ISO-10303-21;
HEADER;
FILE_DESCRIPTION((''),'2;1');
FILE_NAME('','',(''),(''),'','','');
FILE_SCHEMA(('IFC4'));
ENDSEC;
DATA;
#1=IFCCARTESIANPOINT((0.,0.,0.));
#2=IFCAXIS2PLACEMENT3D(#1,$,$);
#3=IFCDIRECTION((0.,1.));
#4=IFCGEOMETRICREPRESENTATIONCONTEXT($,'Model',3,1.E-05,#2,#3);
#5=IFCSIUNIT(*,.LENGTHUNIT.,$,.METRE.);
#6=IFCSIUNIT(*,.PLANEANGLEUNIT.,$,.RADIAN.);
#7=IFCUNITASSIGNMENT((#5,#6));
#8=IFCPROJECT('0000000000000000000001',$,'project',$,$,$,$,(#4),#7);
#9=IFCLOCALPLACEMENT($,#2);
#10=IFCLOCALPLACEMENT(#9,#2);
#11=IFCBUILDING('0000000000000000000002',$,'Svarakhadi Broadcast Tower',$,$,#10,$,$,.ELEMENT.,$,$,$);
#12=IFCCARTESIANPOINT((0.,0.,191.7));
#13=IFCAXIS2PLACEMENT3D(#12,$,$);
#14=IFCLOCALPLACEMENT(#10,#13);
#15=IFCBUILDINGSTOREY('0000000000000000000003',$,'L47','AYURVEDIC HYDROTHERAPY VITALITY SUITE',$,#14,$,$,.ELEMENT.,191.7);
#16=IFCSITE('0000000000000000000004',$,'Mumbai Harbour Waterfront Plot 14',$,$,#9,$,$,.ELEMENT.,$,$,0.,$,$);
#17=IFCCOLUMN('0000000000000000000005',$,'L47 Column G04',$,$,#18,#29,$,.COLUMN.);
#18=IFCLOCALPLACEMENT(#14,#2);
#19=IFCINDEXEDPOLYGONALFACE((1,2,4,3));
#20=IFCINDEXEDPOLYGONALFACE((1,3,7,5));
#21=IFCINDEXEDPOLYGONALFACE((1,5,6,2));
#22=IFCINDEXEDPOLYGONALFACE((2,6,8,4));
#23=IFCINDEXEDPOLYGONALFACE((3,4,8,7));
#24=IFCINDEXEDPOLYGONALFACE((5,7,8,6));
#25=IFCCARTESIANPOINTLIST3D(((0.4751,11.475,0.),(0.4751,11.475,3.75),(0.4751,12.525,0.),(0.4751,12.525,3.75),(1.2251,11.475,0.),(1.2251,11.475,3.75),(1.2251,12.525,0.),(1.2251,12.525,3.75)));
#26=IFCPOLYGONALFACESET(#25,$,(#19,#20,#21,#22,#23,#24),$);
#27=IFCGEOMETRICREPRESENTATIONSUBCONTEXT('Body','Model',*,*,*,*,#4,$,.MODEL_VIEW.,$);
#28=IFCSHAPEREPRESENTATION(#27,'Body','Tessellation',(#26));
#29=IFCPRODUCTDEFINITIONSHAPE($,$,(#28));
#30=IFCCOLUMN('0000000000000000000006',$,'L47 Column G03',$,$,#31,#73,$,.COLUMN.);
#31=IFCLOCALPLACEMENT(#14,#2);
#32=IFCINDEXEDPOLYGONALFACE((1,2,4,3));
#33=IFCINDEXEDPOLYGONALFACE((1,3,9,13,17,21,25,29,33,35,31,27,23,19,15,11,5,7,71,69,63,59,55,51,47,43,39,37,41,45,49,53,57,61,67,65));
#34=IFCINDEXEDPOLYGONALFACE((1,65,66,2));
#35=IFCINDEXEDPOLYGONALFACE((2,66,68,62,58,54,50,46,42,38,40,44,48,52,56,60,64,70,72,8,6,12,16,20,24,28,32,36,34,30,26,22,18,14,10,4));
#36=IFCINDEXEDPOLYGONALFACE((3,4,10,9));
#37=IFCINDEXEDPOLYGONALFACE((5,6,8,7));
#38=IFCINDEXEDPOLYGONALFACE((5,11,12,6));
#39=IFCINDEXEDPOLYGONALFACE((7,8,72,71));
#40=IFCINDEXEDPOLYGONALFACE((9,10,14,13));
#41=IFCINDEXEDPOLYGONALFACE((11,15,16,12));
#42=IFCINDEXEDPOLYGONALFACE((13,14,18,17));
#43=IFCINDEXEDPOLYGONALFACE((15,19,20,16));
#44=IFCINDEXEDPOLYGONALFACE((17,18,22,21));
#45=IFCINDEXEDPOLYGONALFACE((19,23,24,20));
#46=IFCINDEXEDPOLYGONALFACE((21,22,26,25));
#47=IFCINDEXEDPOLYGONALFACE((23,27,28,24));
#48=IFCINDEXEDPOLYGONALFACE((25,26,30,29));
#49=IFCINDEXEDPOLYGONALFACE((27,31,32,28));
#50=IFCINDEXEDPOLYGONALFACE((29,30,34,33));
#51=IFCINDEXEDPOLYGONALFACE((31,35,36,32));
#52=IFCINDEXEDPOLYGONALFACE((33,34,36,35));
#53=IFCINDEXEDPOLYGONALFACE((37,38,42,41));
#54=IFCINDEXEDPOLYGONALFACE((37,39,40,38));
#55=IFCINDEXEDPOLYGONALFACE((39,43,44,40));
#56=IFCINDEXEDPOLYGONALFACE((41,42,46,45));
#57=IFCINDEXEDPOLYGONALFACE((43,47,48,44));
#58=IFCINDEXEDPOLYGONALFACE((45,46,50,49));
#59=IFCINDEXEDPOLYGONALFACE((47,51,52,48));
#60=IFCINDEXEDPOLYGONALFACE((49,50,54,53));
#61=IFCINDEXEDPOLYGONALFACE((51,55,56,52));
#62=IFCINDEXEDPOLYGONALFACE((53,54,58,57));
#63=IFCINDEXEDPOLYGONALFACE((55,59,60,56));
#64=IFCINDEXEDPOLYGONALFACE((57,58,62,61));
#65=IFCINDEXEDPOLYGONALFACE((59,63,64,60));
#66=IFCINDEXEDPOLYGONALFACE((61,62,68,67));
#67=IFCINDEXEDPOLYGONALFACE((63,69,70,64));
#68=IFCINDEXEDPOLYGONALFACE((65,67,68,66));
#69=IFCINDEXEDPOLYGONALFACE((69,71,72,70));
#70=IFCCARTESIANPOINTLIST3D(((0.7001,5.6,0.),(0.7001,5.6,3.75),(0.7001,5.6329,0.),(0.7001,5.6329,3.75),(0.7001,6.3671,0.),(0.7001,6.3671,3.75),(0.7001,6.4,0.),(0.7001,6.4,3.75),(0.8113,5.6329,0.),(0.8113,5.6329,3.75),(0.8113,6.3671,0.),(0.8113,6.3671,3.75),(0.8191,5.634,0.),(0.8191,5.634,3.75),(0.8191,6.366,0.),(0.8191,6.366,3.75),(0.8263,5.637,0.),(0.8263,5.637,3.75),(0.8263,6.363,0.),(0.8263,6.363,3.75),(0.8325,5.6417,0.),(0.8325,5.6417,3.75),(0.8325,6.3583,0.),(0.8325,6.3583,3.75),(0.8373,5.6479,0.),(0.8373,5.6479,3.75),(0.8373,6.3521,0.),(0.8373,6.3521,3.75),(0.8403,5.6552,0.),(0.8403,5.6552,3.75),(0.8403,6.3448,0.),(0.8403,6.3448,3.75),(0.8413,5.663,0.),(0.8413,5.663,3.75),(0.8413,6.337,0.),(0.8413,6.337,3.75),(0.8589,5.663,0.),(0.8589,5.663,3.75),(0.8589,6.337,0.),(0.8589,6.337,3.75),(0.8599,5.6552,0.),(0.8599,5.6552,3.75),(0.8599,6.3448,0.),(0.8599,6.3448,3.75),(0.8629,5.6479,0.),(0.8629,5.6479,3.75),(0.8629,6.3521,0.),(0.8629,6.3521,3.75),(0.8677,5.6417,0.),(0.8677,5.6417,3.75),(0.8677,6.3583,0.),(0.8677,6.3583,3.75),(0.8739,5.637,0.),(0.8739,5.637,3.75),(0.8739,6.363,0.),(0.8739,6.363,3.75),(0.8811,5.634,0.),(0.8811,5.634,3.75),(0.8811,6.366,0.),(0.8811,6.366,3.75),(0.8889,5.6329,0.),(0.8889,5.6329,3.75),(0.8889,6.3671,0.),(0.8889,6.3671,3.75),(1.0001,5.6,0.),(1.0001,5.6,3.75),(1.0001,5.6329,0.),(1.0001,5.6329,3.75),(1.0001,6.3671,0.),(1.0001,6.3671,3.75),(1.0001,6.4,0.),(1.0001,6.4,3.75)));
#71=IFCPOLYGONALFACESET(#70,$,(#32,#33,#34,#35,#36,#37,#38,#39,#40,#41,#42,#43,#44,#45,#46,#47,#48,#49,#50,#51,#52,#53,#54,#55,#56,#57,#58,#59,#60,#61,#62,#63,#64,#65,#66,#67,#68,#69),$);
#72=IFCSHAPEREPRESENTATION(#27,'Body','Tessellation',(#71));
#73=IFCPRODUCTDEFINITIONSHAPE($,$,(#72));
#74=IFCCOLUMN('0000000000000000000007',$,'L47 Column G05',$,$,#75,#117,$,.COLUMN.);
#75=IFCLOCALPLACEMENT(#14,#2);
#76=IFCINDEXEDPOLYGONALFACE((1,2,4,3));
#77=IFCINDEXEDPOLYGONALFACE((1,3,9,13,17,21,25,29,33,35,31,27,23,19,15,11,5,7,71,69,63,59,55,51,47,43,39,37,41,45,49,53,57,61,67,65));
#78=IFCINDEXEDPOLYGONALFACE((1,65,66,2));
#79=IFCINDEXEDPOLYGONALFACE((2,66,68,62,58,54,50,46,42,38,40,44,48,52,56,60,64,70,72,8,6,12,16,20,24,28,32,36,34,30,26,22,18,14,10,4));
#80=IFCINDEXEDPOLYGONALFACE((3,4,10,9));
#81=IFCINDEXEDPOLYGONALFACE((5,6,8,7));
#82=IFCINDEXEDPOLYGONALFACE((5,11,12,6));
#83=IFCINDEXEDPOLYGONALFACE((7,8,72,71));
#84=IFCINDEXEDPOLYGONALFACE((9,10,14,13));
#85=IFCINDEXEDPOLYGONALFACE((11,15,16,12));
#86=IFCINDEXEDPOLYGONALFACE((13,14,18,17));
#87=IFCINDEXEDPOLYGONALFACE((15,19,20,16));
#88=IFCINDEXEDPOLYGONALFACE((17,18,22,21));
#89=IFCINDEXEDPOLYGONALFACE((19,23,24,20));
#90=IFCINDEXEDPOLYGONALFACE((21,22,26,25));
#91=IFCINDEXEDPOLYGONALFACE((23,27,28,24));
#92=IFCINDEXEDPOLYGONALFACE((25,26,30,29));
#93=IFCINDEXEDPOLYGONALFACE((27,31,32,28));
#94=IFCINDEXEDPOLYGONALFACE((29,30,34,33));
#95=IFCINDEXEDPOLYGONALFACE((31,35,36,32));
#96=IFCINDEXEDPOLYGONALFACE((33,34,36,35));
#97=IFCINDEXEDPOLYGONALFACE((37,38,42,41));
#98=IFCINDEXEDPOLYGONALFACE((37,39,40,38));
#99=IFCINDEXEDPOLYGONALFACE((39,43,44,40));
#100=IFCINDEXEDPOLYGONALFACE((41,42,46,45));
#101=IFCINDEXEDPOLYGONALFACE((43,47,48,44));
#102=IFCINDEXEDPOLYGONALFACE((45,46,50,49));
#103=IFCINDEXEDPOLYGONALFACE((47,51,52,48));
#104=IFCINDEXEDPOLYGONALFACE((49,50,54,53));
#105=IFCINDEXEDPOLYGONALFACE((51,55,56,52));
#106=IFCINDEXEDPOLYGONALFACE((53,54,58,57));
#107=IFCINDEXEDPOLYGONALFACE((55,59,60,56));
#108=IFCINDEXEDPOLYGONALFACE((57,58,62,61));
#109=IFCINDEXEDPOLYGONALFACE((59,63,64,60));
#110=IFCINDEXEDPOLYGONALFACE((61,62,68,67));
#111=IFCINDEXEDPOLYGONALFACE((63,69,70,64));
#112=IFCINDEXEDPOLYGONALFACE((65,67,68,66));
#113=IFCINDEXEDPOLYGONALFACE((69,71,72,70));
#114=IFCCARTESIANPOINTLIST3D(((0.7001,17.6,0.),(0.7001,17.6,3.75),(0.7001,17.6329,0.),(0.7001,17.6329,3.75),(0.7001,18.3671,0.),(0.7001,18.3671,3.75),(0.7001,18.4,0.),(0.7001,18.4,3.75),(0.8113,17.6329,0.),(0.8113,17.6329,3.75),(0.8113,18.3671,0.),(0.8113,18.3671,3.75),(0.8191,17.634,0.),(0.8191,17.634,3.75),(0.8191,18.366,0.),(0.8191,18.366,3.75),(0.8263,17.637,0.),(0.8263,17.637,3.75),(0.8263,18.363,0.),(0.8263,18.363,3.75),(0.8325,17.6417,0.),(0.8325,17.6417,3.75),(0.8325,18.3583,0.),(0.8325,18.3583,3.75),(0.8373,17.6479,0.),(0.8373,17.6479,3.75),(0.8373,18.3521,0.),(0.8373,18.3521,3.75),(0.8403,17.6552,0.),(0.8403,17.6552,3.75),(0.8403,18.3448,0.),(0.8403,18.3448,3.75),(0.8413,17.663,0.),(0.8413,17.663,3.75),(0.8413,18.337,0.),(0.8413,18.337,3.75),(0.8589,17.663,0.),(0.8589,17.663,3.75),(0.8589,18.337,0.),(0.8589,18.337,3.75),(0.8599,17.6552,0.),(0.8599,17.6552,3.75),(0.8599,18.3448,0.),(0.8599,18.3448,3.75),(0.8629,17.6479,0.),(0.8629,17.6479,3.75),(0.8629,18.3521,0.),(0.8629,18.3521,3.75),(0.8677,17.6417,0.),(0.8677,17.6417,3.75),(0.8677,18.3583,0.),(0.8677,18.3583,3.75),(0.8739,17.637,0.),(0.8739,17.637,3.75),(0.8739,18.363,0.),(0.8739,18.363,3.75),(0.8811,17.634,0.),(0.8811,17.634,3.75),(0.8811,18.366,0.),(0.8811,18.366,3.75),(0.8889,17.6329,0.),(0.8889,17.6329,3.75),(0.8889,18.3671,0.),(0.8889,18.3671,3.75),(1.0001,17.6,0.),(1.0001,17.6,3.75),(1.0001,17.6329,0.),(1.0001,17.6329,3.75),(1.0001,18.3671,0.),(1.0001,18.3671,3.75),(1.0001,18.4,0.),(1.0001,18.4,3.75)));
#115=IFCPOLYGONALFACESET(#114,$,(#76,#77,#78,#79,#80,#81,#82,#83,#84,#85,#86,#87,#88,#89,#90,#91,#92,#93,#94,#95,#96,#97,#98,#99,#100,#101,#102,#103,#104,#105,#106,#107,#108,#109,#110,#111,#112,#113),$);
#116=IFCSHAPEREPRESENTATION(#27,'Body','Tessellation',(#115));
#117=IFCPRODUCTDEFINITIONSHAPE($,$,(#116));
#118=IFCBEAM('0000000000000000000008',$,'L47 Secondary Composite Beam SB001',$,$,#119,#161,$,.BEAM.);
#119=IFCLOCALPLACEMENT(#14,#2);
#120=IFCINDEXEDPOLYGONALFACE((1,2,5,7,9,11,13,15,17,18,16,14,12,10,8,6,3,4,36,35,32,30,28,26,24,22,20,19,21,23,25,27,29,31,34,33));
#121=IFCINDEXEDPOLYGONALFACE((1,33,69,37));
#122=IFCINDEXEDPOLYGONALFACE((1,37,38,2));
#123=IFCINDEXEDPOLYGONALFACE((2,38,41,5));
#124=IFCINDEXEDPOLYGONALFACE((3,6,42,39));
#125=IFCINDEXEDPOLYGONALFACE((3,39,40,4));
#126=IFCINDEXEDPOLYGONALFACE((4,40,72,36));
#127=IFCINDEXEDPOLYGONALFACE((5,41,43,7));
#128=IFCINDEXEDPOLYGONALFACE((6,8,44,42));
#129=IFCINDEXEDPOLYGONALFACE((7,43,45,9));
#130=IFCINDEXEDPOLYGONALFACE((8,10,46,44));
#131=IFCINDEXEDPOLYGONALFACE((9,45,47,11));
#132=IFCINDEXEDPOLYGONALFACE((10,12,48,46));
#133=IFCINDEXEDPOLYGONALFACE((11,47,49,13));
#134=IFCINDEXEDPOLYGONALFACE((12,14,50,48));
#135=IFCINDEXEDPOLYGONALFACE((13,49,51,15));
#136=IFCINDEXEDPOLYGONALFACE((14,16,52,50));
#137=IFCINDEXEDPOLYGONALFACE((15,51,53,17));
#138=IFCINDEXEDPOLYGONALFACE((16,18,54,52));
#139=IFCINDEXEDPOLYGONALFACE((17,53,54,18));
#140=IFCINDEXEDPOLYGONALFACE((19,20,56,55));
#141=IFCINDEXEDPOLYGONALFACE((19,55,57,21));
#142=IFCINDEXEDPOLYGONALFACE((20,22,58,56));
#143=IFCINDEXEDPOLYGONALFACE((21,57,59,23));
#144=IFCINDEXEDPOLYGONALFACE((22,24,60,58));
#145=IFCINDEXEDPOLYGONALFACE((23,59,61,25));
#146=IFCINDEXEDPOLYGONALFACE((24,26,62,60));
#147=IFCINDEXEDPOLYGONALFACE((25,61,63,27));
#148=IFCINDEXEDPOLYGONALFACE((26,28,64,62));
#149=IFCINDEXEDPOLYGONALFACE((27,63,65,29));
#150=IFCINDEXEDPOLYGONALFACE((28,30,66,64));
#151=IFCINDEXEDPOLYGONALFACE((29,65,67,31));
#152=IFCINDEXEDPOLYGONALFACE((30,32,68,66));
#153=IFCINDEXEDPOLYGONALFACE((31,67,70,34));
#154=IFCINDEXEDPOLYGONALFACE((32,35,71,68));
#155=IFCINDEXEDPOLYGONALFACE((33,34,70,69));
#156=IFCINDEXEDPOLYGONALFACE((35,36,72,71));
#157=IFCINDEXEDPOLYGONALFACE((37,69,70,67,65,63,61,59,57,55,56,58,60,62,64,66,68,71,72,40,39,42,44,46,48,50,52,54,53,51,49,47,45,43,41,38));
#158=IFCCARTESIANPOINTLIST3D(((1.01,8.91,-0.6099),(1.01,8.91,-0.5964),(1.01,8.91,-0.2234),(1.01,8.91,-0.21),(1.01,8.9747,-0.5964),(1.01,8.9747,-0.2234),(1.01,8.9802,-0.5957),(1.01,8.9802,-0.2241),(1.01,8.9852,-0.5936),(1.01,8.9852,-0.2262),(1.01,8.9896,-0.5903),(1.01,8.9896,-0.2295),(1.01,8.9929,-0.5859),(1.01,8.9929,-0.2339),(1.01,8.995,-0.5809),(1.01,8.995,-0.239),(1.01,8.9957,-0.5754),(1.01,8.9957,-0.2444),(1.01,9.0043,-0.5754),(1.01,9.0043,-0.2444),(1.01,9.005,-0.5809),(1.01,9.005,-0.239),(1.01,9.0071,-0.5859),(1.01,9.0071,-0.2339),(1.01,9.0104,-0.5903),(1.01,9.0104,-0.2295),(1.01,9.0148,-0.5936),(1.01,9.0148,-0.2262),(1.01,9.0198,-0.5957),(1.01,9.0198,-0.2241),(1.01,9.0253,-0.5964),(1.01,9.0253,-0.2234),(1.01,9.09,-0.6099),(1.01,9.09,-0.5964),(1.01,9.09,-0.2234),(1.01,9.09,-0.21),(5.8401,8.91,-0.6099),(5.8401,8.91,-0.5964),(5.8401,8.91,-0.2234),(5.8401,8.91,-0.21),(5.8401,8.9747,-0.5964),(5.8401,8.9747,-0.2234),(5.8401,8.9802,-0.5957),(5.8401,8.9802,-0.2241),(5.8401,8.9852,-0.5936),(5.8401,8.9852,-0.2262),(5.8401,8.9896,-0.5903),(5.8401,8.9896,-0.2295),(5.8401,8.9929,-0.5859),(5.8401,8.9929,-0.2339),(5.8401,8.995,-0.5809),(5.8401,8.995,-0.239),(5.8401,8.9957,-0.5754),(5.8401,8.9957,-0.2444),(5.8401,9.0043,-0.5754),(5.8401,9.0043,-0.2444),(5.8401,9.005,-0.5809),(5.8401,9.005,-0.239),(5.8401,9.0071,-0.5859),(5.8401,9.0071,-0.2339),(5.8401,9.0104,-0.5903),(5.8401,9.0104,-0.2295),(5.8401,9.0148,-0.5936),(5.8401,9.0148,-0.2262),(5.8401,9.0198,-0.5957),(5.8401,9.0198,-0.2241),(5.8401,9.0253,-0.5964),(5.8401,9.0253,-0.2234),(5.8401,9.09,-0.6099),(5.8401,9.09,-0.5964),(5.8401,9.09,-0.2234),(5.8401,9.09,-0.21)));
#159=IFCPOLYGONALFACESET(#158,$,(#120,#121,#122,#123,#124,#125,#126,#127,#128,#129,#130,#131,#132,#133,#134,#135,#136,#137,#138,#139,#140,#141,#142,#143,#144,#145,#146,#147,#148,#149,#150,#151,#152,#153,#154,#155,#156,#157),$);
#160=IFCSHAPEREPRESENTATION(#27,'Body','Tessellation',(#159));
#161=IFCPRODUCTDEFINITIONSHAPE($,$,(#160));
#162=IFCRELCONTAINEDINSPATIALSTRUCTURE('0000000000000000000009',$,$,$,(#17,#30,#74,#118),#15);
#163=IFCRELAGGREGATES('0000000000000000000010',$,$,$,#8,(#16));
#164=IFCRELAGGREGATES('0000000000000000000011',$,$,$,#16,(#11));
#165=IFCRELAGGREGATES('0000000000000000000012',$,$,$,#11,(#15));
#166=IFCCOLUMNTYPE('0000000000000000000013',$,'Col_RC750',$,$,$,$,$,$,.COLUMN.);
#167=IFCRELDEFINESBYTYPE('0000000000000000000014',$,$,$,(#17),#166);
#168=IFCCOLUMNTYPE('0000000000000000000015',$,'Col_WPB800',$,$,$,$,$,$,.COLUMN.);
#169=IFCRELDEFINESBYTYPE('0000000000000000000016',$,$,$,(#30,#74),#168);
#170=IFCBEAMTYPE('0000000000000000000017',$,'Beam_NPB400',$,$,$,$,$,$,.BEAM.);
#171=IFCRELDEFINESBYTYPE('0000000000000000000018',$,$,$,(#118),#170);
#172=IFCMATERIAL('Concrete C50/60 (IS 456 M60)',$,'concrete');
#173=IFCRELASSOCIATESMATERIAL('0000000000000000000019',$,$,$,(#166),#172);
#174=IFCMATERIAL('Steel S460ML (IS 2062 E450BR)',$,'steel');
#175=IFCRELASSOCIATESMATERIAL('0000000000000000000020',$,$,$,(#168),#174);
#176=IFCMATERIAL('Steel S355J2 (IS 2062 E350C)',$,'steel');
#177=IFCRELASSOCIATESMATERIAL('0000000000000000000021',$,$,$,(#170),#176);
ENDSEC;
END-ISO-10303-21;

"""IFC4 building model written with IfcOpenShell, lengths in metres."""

from ifc_helpers import new_model, si_unit, direction, frame, origin, origin_2d, place, context, subcontext, project, spatial, rectangle, i_section, extrude, material, material_profile, profile_set, type_object, element, save


model = new_model("IFC4")

# Units and contexts
model_context = context("Model", 3, precision=1e-05, world=origin(), true_north=direction((0.0, 1.0)))
body_context = subcontext(model_context, "Body", "Model", "MODEL_VIEW")
ifc_project = project(units=[si_unit("LENGTHUNIT", "METRE"), si_unit("PLANEANGLEUNIT", "RADIAN")], contexts=[model_context])

# Site, building, storey
site_placement = place(None, origin())
site = spatial("IfcSite", under=ifc_project, at=site_placement, Name="Mumbai Harbour Waterfront Plot 14", CompositionType="ELEMENT", RefElevation=0.0)
building_placement = place(site_placement, origin())
building = spatial("IfcBuilding", under=site, at=building_placement, Name="Svarakhadi Broadcast Tower", CompositionType="ELEMENT")
storey_placement = place(building_placement, frame((0.0, 0.0, 191.7)))
storey = spatial("IfcBuildingStorey", under=building, at=storey_placement, Name="L47", Description="AYURVEDIC HYDROTHERAPY VITALITY SUITE", CompositionType="ELEMENT", Elevation=191.7)

# Columns
ifc_material_1 = material(Name="Concrete C50/60 (IS 456 M60)", Category="concrete")
ifc_material_profile_1 = material_profile(ifc_material_1, rectangle(XDim=0.75, YDim=1.05, at=origin_2d()), Name="RC 750x1050")
ifc_profile_set_1 = profile_set([ifc_material_profile_1], Name="Concrete C50/60 (IS 456 M60)")
column_type_1 = type_object("IfcColumnType", Name="Col_RC750", PredefinedType="COLUMN", material=ifc_profile_set_1)
column_placement = place(storey_placement, frame((0.8501, 12.0, 0.0), z_axis=(0.0, 0.0, 1.0), x_axis=(1.0, 0.0, 0.0)))
element("IfcColumn", 1, at=column_placement, inside=storey, type_object=column_type_1, Name="L47 Column G04", PredefinedType="COLUMN", context=body_context, shape_type="SweptSolid", body=[
    extrude(rectangle(XDim=0.75, YDim=1.05, at=origin_2d()), origin(), (0.0, 0.0, 1.0), 3.75),
])
ifc_material_2 = material(Name="Steel S460ML (IS 2062 E450BR)", Category="steel")
ifc_material_profile_2 = material_profile(ifc_material_2, i_section(OverallWidth=0.3, OverallDepth=0.8, WebThickness=0.0176, FlangeThickness=0.033, FilletRadius=0.03, at=origin_2d()), Name="WPB 800x300x262")
ifc_profile_set_2 = profile_set([ifc_material_profile_2], Name="Steel S460ML (IS 2062 E450BR)")
column_type_2 = type_object("IfcColumnType", Name="Col_WPB800", PredefinedType="COLUMN", material=ifc_profile_set_2)
for number, where, z_axis, x_axis, name in (
    (2, (0.8501, 6.0, 0.0), (0.0, 0.0, 1.0), (1.0, 0.0, 0.0), "L47 Column G03"),
    (3, (0.8501, 18.0, 0.0), (0.0, 0.0, 1.0), (1.0, 0.0, 0.0), "L47 Column G05"),
):
    element("IfcColumn", number, at=place(storey_placement, frame(where, z_axis=z_axis, x_axis=x_axis)), inside=storey, type_object=column_type_2, Name=name, PredefinedType="COLUMN", context=body_context, shape_type="SweptSolid", body=[
        extrude(i_section(OverallWidth=0.3, OverallDepth=0.8, WebThickness=0.0176, FlangeThickness=0.033, FilletRadius=0.03, at=origin_2d()), origin(), (0.0, 0.0, 1.0), 3.75),
    ])

# Beam
ifc_material_3 = material(Name="Steel S355J2 (IS 2062 E350C)", Category="steel")
ifc_material_profile_3 = material_profile(ifc_material_3, i_section(OverallWidth=0.1799, OverallDepth=0.3999, WebThickness=0.0085, FlangeThickness=0.0134, FilletRadius=0.021, at=origin_2d()), Name="NPB 400x180x66")
ifc_profile_set_3 = profile_set([ifc_material_profile_3], Name="Steel S355J2 (IS 2062 E350C)")
beam_type_1 = type_object("IfcBeamType", Name="Beam_NPB400", PredefinedType="BEAM", material=ifc_profile_set_3)
for number, where, z_axis, x_axis, name in (
    (4, (1.01, 9.0, -0.4099), (1.0, 0.0, 0.0), (0.0, 1.0, 0.0), "L47 Secondary Composite Beam SB001"),
):
    element("IfcBeam", number, at=place(storey_placement, frame(where, z_axis=z_axis, x_axis=x_axis)), inside=storey, type_object=beam_type_1, Name=name, PredefinedType="BEAM", context=body_context, shape_type="SweptSolid", body=[
        extrude(i_section(OverallWidth=0.1799, OverallDepth=0.3999, WebThickness=0.0085, FlangeThickness=0.0134, FilletRadius=0.021, at=origin_2d()), origin(), (0.0, 0.0, 1.0), 4.8301),
    ])

save(model, "model.ifc")
